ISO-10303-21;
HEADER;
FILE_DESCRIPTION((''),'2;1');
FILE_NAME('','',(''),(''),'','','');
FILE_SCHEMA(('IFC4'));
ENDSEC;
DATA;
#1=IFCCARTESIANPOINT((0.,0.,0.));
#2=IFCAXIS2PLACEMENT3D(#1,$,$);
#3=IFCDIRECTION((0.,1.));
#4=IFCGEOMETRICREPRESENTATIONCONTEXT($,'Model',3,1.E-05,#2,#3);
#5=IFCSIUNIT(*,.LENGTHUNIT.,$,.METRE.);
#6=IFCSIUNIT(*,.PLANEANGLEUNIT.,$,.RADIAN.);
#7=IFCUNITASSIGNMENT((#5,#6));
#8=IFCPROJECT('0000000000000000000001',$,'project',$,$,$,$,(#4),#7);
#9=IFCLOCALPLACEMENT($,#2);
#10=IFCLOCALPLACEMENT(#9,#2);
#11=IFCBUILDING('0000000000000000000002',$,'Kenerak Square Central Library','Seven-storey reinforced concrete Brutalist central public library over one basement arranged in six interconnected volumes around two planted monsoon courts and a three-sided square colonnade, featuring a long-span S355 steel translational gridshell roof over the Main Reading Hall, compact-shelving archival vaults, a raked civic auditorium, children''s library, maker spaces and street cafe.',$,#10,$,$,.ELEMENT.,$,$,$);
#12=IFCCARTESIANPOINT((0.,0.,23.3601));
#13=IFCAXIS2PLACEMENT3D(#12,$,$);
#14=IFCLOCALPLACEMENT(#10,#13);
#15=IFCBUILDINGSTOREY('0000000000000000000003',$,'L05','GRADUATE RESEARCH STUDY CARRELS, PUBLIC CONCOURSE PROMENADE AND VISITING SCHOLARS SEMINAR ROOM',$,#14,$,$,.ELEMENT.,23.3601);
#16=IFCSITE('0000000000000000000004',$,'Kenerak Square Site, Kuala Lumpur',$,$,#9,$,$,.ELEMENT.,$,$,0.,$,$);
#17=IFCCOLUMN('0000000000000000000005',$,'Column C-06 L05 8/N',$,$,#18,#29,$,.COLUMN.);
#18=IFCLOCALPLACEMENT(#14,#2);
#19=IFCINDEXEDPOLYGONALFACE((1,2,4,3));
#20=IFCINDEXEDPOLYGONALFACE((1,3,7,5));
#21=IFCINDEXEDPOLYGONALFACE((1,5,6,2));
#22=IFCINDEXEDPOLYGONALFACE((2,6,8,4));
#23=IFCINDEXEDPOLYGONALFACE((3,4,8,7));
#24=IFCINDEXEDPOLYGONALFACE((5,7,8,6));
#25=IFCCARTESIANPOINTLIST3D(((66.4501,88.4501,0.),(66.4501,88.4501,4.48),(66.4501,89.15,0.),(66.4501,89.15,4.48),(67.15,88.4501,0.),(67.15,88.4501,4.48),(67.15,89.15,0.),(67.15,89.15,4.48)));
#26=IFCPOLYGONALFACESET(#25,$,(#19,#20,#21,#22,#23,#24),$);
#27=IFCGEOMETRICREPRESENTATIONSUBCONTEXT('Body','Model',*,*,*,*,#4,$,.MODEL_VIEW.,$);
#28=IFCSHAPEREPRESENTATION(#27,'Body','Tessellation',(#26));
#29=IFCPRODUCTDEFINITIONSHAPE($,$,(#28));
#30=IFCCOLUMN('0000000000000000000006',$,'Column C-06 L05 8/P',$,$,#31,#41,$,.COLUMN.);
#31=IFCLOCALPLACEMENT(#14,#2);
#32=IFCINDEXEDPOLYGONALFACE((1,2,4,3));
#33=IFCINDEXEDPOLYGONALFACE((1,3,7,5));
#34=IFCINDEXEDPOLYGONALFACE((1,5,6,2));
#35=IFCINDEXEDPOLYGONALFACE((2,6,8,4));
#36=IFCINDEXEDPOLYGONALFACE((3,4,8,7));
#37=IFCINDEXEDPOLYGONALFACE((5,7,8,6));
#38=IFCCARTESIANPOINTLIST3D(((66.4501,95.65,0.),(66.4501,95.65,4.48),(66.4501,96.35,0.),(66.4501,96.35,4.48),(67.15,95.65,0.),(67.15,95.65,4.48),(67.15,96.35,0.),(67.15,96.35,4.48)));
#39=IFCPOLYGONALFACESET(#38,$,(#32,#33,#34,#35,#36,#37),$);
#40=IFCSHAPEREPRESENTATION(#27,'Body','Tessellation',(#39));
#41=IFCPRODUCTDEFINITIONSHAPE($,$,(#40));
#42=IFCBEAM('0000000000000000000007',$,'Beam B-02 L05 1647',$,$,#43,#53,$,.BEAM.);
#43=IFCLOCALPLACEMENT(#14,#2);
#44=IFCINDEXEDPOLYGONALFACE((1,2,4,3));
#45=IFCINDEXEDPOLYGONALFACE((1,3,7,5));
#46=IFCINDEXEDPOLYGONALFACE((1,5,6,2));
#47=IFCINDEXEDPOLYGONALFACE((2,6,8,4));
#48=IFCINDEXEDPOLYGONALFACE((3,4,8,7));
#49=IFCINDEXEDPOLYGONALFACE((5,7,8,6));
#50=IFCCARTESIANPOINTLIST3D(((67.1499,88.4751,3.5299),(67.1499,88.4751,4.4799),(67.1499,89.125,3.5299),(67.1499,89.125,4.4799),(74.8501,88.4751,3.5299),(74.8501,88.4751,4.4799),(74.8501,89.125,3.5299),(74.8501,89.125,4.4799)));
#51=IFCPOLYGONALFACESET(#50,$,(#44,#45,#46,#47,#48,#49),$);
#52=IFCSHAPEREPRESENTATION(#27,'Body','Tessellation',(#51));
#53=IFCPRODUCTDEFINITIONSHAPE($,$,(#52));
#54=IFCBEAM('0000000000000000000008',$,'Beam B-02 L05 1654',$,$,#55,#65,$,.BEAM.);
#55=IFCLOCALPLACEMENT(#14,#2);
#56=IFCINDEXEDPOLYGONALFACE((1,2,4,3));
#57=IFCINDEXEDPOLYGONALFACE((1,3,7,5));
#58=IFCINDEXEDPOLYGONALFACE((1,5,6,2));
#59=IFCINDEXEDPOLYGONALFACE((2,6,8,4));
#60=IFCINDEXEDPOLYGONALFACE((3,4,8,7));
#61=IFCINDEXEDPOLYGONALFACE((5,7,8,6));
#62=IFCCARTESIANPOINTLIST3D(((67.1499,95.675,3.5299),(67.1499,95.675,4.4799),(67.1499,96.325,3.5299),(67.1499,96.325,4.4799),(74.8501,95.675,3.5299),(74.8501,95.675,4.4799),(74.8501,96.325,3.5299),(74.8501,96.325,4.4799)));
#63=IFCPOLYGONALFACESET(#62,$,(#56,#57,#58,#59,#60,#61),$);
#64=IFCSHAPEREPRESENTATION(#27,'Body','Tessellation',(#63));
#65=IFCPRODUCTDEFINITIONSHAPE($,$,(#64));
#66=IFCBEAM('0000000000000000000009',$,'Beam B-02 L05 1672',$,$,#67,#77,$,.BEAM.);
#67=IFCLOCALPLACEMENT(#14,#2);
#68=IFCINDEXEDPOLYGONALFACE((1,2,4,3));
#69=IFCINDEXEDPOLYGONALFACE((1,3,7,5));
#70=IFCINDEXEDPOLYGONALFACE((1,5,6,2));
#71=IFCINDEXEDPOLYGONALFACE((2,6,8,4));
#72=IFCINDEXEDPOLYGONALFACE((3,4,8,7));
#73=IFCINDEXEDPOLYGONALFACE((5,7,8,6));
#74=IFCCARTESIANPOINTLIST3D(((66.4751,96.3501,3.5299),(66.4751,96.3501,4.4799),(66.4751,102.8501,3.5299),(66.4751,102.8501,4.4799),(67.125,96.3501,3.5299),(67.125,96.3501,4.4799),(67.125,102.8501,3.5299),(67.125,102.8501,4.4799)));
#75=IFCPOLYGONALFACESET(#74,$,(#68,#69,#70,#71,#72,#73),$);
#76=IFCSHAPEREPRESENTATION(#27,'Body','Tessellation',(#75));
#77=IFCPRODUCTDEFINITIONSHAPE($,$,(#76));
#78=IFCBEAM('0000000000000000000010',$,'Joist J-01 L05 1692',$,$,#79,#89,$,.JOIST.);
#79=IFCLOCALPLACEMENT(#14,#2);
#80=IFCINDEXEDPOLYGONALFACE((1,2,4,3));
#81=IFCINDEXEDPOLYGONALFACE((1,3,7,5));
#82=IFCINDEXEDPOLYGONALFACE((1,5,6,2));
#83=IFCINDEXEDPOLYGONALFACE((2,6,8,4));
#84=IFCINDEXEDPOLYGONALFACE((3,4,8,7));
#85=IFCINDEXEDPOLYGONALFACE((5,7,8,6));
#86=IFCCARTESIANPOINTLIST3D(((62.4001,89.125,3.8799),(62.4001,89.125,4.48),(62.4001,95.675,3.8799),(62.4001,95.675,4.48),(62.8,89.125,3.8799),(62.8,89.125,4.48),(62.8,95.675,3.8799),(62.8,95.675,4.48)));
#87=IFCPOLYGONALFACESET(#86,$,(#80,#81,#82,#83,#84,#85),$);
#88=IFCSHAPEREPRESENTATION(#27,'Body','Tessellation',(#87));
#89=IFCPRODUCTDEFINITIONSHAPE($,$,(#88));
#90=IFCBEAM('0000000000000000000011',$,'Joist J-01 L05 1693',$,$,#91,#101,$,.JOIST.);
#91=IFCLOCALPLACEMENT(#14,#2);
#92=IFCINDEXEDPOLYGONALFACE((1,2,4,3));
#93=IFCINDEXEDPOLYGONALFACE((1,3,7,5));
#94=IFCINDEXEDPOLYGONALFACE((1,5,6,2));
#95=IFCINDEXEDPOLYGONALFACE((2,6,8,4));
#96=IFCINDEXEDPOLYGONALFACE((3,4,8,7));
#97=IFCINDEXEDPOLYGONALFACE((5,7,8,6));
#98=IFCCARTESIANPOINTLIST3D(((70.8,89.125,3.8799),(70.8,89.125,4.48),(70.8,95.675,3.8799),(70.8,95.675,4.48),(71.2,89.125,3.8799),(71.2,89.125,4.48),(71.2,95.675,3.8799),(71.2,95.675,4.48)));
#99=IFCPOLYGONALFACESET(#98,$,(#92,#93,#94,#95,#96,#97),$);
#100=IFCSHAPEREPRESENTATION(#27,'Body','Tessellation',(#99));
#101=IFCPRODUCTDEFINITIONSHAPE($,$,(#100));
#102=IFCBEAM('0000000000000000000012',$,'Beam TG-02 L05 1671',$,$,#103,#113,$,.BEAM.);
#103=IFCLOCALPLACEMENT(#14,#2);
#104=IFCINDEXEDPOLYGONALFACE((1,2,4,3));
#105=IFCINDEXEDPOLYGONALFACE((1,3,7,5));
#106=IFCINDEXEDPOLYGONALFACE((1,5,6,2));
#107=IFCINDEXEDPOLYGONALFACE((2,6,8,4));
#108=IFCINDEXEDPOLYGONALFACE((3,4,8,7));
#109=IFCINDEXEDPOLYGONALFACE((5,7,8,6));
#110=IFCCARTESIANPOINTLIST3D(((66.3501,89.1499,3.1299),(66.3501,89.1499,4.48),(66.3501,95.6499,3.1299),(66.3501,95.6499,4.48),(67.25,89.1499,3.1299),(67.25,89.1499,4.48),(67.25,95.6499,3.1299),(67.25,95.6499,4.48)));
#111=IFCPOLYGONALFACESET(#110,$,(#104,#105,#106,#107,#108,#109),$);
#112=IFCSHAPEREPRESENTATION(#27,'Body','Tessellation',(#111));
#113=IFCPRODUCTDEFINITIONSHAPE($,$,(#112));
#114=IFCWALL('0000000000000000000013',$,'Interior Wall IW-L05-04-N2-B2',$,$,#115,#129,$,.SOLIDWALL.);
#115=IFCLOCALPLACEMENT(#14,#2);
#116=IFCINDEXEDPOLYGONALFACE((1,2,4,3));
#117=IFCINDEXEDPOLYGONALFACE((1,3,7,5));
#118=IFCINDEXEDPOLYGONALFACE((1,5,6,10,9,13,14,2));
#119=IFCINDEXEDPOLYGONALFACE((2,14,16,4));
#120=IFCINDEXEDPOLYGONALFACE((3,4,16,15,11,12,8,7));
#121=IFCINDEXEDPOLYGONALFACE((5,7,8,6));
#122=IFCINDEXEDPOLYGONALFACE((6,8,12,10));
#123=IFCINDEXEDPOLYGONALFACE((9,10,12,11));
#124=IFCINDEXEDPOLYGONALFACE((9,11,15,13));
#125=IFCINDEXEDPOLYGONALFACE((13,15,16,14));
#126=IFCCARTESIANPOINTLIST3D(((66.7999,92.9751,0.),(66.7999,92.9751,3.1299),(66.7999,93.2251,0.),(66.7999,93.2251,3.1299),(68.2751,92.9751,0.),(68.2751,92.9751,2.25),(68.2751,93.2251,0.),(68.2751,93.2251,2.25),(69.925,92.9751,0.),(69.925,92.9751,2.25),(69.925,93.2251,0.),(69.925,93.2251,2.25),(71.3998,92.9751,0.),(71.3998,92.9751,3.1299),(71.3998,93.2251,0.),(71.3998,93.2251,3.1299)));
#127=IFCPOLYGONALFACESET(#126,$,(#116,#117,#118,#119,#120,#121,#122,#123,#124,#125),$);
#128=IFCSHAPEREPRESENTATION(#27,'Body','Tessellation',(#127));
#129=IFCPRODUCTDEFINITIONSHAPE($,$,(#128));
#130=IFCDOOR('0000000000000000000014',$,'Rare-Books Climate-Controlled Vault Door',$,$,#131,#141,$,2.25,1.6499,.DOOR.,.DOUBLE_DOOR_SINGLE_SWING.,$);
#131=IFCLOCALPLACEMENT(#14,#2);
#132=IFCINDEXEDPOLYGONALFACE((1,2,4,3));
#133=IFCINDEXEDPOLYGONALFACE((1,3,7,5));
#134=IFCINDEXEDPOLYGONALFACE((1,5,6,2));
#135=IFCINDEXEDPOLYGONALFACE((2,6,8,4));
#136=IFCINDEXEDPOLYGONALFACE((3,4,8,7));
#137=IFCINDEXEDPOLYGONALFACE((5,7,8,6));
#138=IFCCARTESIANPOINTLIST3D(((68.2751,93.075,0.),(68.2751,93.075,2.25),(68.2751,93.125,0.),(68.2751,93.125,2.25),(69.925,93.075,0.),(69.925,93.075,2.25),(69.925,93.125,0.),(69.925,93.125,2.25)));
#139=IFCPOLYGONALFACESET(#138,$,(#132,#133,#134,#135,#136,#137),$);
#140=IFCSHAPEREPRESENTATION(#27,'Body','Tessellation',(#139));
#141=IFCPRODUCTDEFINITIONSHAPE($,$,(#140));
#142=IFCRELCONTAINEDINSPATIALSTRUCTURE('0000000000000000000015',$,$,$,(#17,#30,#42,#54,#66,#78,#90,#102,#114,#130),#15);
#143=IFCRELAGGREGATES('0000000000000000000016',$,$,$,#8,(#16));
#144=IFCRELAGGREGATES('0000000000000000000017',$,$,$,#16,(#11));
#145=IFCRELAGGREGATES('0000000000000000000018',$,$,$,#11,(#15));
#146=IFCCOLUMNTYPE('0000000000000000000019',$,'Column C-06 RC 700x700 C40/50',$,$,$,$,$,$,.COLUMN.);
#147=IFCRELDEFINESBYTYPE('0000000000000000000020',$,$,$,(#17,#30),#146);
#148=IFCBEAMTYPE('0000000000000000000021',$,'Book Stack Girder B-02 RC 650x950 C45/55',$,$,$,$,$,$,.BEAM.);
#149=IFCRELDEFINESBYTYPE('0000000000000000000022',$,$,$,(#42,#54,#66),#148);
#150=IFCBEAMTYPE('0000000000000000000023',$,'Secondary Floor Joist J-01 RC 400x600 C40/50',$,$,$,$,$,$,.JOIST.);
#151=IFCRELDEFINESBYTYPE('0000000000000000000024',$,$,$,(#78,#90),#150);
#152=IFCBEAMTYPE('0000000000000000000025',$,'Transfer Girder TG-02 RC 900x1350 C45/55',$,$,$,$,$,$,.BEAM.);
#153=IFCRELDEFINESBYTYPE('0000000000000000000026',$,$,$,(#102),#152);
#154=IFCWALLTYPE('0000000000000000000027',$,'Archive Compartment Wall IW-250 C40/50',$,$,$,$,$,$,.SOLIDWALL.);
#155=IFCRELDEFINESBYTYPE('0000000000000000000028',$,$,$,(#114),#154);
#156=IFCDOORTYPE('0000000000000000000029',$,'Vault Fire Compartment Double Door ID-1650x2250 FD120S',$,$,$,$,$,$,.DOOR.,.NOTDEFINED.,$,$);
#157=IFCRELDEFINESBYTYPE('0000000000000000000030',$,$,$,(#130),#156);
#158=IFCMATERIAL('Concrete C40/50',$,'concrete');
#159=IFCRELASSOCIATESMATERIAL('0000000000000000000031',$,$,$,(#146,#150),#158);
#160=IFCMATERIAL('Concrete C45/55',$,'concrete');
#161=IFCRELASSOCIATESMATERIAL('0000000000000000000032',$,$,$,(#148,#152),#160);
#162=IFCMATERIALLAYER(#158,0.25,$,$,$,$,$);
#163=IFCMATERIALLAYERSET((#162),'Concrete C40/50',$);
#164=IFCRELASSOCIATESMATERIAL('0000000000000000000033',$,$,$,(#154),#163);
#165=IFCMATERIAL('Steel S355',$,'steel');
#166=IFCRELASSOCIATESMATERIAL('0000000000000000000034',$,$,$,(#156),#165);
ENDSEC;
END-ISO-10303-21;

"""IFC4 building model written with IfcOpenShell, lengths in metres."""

from ifc_helpers import new_model, si_unit, direction, frame, frame_2d, origin, origin_2d, place, context, subcontext, project, spatial, rectangle, extrude, material, layer, layer_set, material_profile, profile_set, type_object, element, fill, save


model = new_model("IFC4")

# Units and contexts
model_context = context("Model", 3, precision=1e-05, world=origin(), true_north=direction((0.0, 1.0)))
body_context = subcontext(model_context, "Body", "Model", "MODEL_VIEW")
ifc_project = project(units=[si_unit("LENGTHUNIT", "METRE"), si_unit("PLANEANGLEUNIT", "RADIAN")], contexts=[model_context])

# Site, building, storey
site_placement = place(None, origin())
site = spatial("IfcSite", under=ifc_project, at=site_placement, Name="Kenerak Square Site, Kuala Lumpur", CompositionType="ELEMENT", RefElevation=0.0)
building_placement = place(site_placement, origin())
building = spatial("IfcBuilding", under=site, at=building_placement, Name="Kenerak Square Central Library", Description="Seven-storey reinforced concrete Brutalist central public library over one basement arranged in six interconnected volumes around two planted monsoon courts and a three-sided square colonnade, featuring a long-span S355 steel translational gridshell roof over the Main Reading Hall, compact-shelving archival vaults, a raked civic auditorium, children's library, maker spaces and street cafe.", CompositionType="ELEMENT")
storey_placement = place(building_placement, frame((0.0, 0.0, 23.3601)))
storey = spatial("IfcBuildingStorey", under=building, at=storey_placement, Name="L05", Description="GRADUATE RESEARCH STUDY CARRELS, PUBLIC CONCOURSE PROMENADE AND VISITING SCHOLARS SEMINAR ROOM", CompositionType="ELEMENT", Elevation=23.3601)

# Columns
ifc_material_1 = material(Name="Concrete C40/50", Category="concrete")
ifc_material_profile_1 = material_profile(ifc_material_1, rectangle(XDim=0.7, YDim=0.7, at=origin_2d()), Name="RC 700x700")
ifc_profile_set_1 = profile_set([ifc_material_profile_1], Name="Concrete C40/50")
column_type = type_object("IfcColumnType", Name="Column C-06 RC 700x700 C40/50", PredefinedType="COLUMN", material=ifc_profile_set_1)
for number, where, z_axis, x_axis, name in (
    (1, (66.8, 88.8, 0.0), (0.0, 0.0, 1.0), (1.0, 0.0, 0.0), "Column C-06 L05 8/N"),
    (2, (66.8, 96.0, 0.0), (0.0, 0.0, 1.0), (1.0, 0.0, 0.0), "Column C-06 L05 8/P"),
):
    element("IfcColumn", number, at=place(storey_placement, frame(where, z_axis=z_axis, x_axis=x_axis)), inside=storey, type_object=column_type, Name=name, PredefinedType="COLUMN", context=body_context, shape_type="SweptSolid", body=[
        extrude(rectangle(XDim=0.7, YDim=0.7, at=origin_2d()), origin(), (0.0, 0.0, 1.0), 4.48),
    ])

# Beams
ifc_material_2 = material(Name="Concrete C45/55", Category="concrete")
ifc_material_profile_2 = material_profile(ifc_material_2, rectangle(XDim=0.6499, YDim=0.95, at=origin_2d()), Name="RC 650x950")
ifc_profile_set_2 = profile_set([ifc_material_profile_2], Name="Concrete C45/55")
beam_type_1 = type_object("IfcBeamType", Name="Book Stack Girder B-02 RC 650x950 C45/55", PredefinedType="BEAM", material=ifc_profile_set_2)
for number, where, z_axis, x_axis, name in (
    (3, (67.1499, 88.8, 4.0049), (1.0, 0.0, 0.0), (0.0, 1.0, 0.0), "Beam B-02 L05 1647"),
    (4, (67.1499, 96.0, 4.0049), (1.0, 0.0, 0.0), (0.0, 1.0, 0.0), "Beam B-02 L05 1654"),
):
    element("IfcBeam", number, at=place(storey_placement, frame(where, z_axis=z_axis, x_axis=x_axis)), inside=storey, type_object=beam_type_1, Name=name, PredefinedType="BEAM", context=body_context, shape_type="SweptSolid", body=[
        extrude(rectangle(XDim=0.6499, YDim=0.95, at=origin_2d()), origin(), (0.0, 0.0, 1.0), 7.7002),
    ])
beam_1_placement = place(storey_placement, frame((66.8, 96.3501, 4.0049), z_axis=(0.0, 1.0, 0.0), x_axis=(-1.0, 0.0, 0.0)))
element("IfcBeam", 5, at=beam_1_placement, inside=storey, type_object=beam_type_1, Name="Beam B-02 L05 1672", PredefinedType="BEAM", context=body_context, shape_type="SweptSolid", body=[
    extrude(rectangle(XDim=0.6499, YDim=0.95, at=origin_2d()), origin(), (0.0, 0.0, 1.0), 6.5),
])
ifc_material_profile_3 = material_profile(ifc_material_1, rectangle(XDim=0.3999, YDim=0.6001, at=origin_2d()), Name="RC 400x600")
ifc_profile_set_3 = profile_set([ifc_material_profile_3], Name="Concrete C40/50")
beam_type_2 = type_object("IfcBeamType", Name="Secondary Floor Joist J-01 RC 400x600 C40/50", PredefinedType="JOIST", material=ifc_profile_set_3)
for number, where, z_axis, x_axis, name in (
    (6, (62.6001, 89.125, 4.1799), (0.0, 1.0, 0.0), (-1.0, 0.0, 0.0), "Joist J-01 L05 1692"),
    (7, (71.0, 89.125, 4.1799), (0.0, 1.0, 0.0), (-1.0, 0.0, 0.0), "Joist J-01 L05 1693"),
):
    element("IfcBeam", number, at=place(storey_placement, frame(where, z_axis=z_axis, x_axis=x_axis)), inside=storey, type_object=beam_type_2, Name=name, PredefinedType="JOIST", context=body_context, shape_type="SweptSolid", body=[
        extrude(rectangle(XDim=0.3999, YDim=0.6001, at=origin_2d()), origin(), (0.0, 0.0, 1.0), 6.55),
    ])
ifc_material_profile_4 = material_profile(ifc_material_2, rectangle(XDim=0.8999, YDim=1.3501, at=origin_2d()), Name="RC 900x1350")
ifc_profile_set_4 = profile_set([ifc_material_profile_4], Name="Concrete C45/55")
beam_type_3 = type_object("IfcBeamType", Name="Transfer Girder TG-02 RC 900x1350 C45/55", PredefinedType="BEAM", material=ifc_profile_set_4)
beam_2_placement = place(storey_placement, frame((66.8, 89.1499, 3.8049), z_axis=(0.0, 1.0, 0.0), x_axis=(-1.0, 0.0, 0.0)))
element("IfcBeam", 8, at=beam_2_placement, inside=storey, type_object=beam_type_3, Name="Beam TG-02 L05 1671", PredefinedType="BEAM", context=body_context, shape_type="SweptSolid", body=[
    extrude(rectangle(XDim=0.8999, YDim=1.3501, at=origin_2d()), origin(), (0.0, 0.0, 1.0), 6.5),
])

# Wall, opening, door
ifc_layer_1 = layer(ifc_material_1, 0.25)
ifc_layer_set_1 = layer_set([ifc_layer_1], Name="Concrete C40/50")
wall_type_1 = type_object("IfcWallType", Name="Archive Compartment Wall IW-250 C40/50", PredefinedType="SOLIDWALL", material=ifc_layer_set_1)
wall_1_placement = place(storey_placement, frame((66.8, 93.1001, 0.0), z_axis=(0.0, 0.0, 1.0), x_axis=(1.0, 0.0, 0.0)))
wall_1 = element("IfcWall", 9, at=wall_1_placement, inside=storey, type_object=wall_type_1, Name="Interior Wall IW-L05-04-N2-B2", PredefinedType="SOLIDWALL", context=body_context, shape_type="SweptSolid", body=[
    extrude(rectangle(XDim=4.5999, YDim=0.25, at=frame_2d((2.2998, 0.0))), origin(), (0.0, 0.0, 1.0), 3.1299),
])
opening_1_placement = place(wall_1_placement, frame((1.4751, 0.0, 0.0)))
opening_1 = element("IfcOpeningElement", 10, at=opening_1_placement, cuts=wall_1, PredefinedType="OPENING", context=body_context, shape_type="SweptSolid", body=[
    extrude(rectangle(XDim=1.6499, YDim=2.25, at=frame_2d((0.825, 1.125))), frame((0.0, 0.135, 0.0), z_axis=(0.0, -1.0, 0.0), x_axis=(1.0, 0.0, 0.0)), (0.0, 0.0, 1.0), 0.27),
])
ifc_material_3 = material(Name="Steel S355", Category="steel")
door_type_1 = type_object("IfcDoorType", Name="Vault Fire Compartment Double Door ID-1650x2250 FD120S", OperationType="NOTDEFINED", PredefinedType="DOOR", material=ifc_material_3)
door_1_placement = place(opening_1_placement, origin())
door_1 = element("IfcDoor", 11, at=door_1_placement, inside=storey, type_object=door_type_1, Name="Rare-Books Climate-Controlled Vault Door", OperationType="DOUBLE_DOOR_SINGLE_SWING", OverallHeight=2.25, OverallWidth=1.6499, PredefinedType="DOOR", context=body_context, shape_type="SweptSolid", body=[
    extrude(rectangle(XDim=1.6499, YDim=2.25, at=frame_2d((0.825, 1.125))), frame((0.0, 0.0249, 0.0), z_axis=(0.0, -1.0, 0.0), x_axis=(1.0, 0.0, 0.0)), (0.0, 0.0, 1.0), 0.05),
])
fill(opening_1, door_1)

save(model, "model.ifc")
